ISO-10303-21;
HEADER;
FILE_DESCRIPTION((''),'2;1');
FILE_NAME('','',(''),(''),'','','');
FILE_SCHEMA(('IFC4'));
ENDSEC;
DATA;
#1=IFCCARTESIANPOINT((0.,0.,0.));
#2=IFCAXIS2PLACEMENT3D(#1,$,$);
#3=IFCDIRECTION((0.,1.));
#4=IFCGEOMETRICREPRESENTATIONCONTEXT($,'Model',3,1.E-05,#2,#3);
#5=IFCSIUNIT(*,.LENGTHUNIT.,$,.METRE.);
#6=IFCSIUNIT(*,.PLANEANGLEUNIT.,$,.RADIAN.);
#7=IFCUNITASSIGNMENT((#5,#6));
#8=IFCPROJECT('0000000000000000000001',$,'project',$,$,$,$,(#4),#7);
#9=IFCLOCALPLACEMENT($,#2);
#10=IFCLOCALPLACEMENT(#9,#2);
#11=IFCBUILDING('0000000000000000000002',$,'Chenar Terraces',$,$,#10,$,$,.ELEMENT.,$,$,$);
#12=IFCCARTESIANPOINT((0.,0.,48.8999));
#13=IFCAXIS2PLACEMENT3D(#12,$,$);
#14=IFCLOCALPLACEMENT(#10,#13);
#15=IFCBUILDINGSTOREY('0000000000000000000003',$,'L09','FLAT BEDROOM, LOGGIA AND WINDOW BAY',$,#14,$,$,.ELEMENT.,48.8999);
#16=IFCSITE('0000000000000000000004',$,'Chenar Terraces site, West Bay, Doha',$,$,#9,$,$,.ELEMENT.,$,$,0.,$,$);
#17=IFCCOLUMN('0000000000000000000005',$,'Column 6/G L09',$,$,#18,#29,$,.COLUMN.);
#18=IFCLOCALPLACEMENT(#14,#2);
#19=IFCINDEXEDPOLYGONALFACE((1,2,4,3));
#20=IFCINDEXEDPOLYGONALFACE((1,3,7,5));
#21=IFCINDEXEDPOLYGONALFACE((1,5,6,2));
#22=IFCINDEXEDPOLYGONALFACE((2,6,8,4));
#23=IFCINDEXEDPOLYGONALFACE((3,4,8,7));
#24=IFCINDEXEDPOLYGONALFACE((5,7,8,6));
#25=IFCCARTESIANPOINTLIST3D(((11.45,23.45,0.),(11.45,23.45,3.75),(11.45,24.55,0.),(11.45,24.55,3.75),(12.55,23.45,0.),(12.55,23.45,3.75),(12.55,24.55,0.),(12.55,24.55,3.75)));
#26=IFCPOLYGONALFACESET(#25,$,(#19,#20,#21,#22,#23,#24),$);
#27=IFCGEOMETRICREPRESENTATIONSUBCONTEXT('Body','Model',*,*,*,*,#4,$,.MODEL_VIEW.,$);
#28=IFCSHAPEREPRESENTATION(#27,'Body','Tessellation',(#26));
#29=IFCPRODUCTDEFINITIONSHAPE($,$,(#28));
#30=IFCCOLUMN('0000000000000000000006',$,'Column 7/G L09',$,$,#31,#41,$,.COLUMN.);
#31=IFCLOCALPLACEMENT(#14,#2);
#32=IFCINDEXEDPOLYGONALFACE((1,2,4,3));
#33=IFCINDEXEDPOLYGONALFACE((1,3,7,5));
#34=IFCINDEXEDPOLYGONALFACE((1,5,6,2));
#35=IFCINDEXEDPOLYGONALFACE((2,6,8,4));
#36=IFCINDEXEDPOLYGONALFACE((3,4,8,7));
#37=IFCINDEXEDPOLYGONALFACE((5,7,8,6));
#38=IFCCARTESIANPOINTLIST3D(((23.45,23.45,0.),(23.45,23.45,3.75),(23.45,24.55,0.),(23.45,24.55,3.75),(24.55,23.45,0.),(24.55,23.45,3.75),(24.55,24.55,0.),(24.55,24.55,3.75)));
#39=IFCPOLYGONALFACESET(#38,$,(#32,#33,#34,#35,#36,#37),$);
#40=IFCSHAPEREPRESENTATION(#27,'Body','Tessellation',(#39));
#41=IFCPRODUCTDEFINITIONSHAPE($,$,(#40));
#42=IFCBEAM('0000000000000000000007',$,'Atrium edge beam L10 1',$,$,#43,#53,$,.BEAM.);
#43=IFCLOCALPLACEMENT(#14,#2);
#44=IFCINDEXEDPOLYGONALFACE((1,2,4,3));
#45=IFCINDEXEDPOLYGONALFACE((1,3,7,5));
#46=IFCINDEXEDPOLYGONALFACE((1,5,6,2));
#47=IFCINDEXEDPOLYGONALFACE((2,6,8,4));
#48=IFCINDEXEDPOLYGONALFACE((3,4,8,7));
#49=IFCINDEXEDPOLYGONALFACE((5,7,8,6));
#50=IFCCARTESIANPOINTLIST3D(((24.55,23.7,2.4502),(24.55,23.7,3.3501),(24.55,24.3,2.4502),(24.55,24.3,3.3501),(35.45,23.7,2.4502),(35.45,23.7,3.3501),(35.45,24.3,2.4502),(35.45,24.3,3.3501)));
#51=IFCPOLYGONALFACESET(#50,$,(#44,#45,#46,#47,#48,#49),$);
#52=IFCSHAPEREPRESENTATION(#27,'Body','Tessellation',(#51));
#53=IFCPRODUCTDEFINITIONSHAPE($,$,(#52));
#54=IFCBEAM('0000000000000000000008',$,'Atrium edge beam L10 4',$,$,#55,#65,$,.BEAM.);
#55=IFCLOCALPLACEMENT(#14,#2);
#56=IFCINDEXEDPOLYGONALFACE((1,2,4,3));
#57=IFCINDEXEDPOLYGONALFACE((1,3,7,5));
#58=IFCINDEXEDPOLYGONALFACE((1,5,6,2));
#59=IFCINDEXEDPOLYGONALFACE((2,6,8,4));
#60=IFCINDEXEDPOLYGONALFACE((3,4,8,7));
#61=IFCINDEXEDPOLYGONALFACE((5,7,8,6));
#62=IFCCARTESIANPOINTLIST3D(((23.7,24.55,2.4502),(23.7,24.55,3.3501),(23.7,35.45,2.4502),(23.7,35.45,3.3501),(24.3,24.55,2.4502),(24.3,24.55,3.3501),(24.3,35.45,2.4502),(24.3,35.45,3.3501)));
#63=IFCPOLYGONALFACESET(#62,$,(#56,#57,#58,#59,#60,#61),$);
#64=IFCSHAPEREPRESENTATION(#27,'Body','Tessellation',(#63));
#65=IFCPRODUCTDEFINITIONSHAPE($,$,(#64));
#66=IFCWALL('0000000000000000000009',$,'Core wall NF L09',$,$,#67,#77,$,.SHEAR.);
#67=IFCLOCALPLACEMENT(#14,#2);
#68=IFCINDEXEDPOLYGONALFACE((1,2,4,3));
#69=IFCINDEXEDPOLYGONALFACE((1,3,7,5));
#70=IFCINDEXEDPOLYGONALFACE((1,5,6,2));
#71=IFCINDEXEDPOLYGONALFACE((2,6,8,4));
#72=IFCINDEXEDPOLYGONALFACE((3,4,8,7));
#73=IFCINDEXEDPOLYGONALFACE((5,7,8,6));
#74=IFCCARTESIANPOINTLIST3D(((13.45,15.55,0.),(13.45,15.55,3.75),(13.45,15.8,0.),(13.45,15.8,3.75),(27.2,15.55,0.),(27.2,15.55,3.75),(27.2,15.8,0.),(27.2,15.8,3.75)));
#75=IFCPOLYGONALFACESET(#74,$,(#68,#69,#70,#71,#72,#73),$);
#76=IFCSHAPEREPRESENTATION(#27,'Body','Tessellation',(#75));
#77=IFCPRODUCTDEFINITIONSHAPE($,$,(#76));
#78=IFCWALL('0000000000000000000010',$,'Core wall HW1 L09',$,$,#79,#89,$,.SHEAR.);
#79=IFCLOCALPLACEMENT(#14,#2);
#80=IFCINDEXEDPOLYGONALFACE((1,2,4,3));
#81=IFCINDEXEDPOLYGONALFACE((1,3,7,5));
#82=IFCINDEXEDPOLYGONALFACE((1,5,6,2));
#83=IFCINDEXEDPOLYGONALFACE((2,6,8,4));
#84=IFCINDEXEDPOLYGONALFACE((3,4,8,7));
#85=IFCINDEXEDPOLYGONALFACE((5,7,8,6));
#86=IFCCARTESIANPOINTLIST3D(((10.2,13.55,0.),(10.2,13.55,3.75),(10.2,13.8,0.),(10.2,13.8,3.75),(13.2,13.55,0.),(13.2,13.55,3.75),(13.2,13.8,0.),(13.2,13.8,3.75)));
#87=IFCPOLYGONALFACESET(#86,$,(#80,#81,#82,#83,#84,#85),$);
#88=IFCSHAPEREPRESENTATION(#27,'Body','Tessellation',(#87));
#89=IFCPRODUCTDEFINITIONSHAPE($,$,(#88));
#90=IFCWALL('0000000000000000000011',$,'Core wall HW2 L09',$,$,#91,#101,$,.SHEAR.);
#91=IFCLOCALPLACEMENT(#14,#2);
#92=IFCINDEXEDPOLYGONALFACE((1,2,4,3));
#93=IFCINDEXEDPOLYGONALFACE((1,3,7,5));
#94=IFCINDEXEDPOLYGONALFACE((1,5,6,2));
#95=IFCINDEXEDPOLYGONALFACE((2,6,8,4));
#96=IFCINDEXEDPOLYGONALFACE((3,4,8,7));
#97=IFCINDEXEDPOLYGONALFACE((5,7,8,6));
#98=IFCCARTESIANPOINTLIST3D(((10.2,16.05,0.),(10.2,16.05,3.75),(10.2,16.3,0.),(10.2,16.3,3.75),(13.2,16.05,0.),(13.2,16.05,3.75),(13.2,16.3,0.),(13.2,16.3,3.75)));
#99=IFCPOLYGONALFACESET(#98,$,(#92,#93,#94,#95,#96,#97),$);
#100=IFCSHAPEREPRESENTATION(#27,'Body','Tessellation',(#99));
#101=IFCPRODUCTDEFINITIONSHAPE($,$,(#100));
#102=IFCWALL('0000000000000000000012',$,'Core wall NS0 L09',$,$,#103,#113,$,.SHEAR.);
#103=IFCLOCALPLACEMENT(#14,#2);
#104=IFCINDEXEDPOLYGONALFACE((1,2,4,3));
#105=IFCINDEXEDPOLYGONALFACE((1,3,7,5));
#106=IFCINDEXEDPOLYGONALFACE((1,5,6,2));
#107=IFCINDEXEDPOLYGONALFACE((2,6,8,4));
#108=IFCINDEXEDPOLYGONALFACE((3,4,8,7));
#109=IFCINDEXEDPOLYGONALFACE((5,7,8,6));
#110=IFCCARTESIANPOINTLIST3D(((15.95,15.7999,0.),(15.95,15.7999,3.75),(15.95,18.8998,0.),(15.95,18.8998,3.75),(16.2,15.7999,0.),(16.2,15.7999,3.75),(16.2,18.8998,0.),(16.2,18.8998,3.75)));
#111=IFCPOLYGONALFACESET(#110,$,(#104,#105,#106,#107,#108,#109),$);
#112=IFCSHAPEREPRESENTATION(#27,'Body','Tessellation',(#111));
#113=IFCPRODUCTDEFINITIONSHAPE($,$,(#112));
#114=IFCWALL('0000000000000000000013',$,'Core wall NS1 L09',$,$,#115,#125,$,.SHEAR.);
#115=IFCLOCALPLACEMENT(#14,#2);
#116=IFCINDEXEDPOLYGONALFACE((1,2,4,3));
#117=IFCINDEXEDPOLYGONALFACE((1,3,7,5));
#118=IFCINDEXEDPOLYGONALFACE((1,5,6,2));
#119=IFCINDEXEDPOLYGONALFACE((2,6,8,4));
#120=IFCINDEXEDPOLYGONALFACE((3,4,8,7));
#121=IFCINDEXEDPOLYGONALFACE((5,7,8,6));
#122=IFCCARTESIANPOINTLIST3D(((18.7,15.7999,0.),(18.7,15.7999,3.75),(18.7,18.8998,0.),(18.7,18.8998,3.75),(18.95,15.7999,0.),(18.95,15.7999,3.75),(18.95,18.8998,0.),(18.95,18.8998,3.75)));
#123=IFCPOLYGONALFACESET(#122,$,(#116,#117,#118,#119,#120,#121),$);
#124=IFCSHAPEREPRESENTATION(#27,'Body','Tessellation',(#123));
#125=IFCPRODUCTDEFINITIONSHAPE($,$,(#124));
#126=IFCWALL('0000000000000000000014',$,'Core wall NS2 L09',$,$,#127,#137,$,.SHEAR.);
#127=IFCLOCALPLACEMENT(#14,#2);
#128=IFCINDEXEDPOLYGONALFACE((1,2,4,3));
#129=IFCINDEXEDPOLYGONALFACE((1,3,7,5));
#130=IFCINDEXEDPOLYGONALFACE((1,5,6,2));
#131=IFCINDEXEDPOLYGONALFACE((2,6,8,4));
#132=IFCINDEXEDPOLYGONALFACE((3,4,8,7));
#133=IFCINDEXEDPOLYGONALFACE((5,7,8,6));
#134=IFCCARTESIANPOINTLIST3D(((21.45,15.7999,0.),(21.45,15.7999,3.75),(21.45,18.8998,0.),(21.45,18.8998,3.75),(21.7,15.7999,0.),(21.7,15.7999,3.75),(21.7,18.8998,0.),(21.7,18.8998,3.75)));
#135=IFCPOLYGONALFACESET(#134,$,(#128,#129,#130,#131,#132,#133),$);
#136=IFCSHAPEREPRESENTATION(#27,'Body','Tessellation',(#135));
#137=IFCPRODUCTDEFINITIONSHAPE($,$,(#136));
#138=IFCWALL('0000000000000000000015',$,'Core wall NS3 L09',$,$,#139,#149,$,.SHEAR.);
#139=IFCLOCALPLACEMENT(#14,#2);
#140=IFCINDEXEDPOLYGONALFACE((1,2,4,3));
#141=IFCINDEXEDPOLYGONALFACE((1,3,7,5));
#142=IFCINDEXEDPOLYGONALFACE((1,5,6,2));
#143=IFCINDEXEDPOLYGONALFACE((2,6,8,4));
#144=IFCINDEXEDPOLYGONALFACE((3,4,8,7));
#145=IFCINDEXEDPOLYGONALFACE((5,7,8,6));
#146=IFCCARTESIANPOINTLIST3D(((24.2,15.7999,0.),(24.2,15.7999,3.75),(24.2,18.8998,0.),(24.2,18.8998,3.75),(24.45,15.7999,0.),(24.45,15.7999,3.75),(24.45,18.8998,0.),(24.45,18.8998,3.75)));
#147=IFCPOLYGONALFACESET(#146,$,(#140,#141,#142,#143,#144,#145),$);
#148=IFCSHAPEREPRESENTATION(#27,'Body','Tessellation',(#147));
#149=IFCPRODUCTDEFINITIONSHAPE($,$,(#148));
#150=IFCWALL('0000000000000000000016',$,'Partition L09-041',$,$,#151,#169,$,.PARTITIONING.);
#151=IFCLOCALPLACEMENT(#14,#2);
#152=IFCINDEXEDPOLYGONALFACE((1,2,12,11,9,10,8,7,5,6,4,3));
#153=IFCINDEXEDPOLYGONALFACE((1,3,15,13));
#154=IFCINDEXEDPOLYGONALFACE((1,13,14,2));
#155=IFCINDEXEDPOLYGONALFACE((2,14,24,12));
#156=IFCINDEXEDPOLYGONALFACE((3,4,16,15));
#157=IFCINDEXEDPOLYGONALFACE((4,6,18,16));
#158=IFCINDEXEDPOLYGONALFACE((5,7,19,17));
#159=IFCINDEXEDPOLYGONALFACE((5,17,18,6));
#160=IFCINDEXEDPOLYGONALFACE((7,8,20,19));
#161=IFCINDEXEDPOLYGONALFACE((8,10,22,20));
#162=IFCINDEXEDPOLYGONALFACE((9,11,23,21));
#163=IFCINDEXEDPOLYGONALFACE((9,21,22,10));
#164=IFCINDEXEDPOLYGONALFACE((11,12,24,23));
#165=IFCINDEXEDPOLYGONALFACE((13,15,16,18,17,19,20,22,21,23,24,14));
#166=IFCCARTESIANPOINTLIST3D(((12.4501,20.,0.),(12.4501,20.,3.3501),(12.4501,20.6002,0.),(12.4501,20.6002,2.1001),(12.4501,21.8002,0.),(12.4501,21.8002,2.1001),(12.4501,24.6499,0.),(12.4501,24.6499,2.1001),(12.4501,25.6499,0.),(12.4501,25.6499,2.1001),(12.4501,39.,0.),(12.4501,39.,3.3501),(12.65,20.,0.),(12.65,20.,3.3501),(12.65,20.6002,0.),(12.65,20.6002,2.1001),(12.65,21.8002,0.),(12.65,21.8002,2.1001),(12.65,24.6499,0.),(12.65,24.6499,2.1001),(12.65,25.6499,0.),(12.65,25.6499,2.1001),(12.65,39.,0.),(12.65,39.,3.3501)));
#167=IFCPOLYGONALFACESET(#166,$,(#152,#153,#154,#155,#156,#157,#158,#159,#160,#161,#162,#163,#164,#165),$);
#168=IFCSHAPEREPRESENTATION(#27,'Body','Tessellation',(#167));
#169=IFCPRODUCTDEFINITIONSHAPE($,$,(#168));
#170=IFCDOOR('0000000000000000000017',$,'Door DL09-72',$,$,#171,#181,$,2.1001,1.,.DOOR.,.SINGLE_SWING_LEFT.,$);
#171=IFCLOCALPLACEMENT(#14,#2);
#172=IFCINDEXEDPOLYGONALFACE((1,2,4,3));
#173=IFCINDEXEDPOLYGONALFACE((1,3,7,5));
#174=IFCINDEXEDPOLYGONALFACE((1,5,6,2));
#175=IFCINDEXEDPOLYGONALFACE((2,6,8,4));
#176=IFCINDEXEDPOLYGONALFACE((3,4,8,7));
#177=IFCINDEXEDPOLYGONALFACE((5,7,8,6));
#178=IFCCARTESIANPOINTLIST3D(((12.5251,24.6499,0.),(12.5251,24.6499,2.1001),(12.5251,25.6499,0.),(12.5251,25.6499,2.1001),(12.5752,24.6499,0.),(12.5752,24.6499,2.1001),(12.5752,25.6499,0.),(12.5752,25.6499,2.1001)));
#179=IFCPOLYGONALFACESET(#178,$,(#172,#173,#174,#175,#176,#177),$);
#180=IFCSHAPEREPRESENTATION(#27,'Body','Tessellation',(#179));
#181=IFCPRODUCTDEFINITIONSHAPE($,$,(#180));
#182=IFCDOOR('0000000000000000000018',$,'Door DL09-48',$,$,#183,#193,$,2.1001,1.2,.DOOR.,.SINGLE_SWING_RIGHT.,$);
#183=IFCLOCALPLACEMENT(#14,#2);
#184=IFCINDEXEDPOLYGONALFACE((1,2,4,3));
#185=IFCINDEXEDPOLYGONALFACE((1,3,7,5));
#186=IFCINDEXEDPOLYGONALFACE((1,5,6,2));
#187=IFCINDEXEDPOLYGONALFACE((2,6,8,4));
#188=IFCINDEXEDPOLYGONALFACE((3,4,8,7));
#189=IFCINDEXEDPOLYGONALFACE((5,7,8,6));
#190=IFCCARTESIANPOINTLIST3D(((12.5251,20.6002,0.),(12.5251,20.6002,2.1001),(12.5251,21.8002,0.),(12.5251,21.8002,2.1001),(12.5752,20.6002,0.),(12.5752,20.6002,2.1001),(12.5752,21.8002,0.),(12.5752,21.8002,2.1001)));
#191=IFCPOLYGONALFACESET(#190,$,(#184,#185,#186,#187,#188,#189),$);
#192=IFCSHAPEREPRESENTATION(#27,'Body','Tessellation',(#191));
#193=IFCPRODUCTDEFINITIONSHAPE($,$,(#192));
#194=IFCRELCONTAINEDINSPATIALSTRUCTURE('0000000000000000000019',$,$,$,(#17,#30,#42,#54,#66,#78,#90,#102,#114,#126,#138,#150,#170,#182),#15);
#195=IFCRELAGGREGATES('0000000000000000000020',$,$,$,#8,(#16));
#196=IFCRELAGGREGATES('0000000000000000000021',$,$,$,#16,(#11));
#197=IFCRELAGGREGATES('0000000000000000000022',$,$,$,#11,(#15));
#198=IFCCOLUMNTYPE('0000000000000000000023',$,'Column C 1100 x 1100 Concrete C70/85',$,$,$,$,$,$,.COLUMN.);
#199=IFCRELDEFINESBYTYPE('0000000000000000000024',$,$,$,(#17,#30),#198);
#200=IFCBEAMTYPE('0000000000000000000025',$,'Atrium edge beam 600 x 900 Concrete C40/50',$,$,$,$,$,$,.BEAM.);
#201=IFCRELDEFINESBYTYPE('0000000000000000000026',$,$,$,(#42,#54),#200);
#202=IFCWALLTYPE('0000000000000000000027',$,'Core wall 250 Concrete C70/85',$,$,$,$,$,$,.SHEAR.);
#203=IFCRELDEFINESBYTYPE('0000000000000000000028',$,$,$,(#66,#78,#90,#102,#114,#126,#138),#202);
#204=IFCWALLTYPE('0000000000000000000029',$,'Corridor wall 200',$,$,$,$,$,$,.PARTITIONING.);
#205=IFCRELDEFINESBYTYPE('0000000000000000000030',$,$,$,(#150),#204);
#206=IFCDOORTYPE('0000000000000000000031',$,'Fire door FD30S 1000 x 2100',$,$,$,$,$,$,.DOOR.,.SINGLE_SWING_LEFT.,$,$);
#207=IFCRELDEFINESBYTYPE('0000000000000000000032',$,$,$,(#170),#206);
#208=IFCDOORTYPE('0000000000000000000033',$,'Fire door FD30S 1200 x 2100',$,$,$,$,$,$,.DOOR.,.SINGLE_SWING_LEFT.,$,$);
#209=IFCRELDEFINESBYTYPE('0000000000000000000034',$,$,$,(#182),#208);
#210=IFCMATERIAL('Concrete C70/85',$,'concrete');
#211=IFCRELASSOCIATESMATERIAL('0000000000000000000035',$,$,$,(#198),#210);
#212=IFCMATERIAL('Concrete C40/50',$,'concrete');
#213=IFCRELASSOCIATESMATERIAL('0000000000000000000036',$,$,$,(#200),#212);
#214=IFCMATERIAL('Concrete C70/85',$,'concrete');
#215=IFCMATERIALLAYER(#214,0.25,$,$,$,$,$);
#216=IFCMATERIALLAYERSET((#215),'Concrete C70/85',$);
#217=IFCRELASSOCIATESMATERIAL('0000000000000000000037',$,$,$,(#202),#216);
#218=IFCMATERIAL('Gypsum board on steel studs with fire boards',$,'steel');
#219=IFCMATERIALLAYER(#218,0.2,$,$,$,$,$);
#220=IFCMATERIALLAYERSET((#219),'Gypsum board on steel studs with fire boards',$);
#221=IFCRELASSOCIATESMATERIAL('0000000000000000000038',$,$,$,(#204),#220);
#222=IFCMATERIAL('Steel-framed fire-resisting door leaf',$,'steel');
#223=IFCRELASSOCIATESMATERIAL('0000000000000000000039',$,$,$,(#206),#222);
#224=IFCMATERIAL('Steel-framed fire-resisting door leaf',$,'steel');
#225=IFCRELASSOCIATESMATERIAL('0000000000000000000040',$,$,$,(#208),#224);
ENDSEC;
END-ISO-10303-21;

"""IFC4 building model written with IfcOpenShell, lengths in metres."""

from ifc_helpers import new_model, si_unit, direction, frame, frame_2d, origin, origin_2d, place, context, subcontext, project, spatial, rectangle, extrude, material, layer, layer_set, material_profile, profile_set, type_object, element, fill, save


model = new_model("IFC4")

# Units and contexts
model_context = context("Model", 3, precision=1e-05, world=origin(), true_north=direction((0.0, 1.0)))
body_context = subcontext(model_context, "Body", "Model", "MODEL_VIEW")
ifc_project = project(units=[si_unit("LENGTHUNIT", "METRE"), si_unit("PLANEANGLEUNIT", "RADIAN")], contexts=[model_context])

# Site, building, storey
site_placement = place(None, origin())
site = spatial("IfcSite", under=ifc_project, at=site_placement, Name="Chenar Terraces site, West Bay, Doha", CompositionType="ELEMENT", RefElevation=0.0)
building_placement = place(site_placement, origin())
building = spatial("IfcBuilding", under=site, at=building_placement, Name="Chenar Terraces", CompositionType="ELEMENT")
storey_placement = place(building_placement, frame((0.0, 0.0, 48.8999)))
storey = spatial("IfcBuildingStorey", under=building, at=storey_placement, Name="L09", Description="FLAT BEDROOM, LOGGIA AND WINDOW BAY", CompositionType="ELEMENT", Elevation=48.8999)

# Columns
ifc_material_1 = material(Name="Concrete C70/85", Category="concrete")
ifc_material_profile_1 = material_profile(ifc_material_1, rectangle(XDim=1.1001, YDim=1.1001, at=origin_2d()), Name="C 1100 x 1100")
ifc_profile_set_1 = profile_set([ifc_material_profile_1], Name="Concrete C70/85")
column_type = type_object("IfcColumnType", Name="Column C 1100 x 1100 Concrete C70/85", PredefinedType="COLUMN", material=ifc_profile_set_1)
for number, where, z_axis, x_axis, name in (
    (1, (12.0, 24.0, 0.0), (0.0, 0.0, 1.0), (1.0, 0.0, 0.0), "Column 6/G L09"),
    (2, (24.0, 24.0, 0.0), (0.0, 0.0, 1.0), (1.0, 0.0, 0.0), "Column 7/G L09"),
):
    element("IfcColumn", number, at=place(storey_placement, frame(where, z_axis=z_axis, x_axis=x_axis)), inside=storey, type_object=column_type, Name=name, PredefinedType="COLUMN", context=body_context, shape_type="SweptSolid", body=[
        extrude(rectangle(XDim=1.1001, YDim=1.1001, at=origin_2d()), origin(), (0.0, 0.0, 1.0), 3.75),
    ])

# Beams
ifc_material_2 = material(Name="Concrete C40/50", Category="concrete")
ifc_material_profile_2 = material_profile(ifc_material_2, rectangle(XDim=0.6001, YDim=0.8999, at=origin_2d()), Name="RC 600 x 900")
ifc_profile_set_2 = profile_set([ifc_material_profile_2], Name="Concrete C40/50")
beam_type = type_object("IfcBeamType", Name="Atrium edge beam 600 x 900 Concrete C40/50", PredefinedType="BEAM", material=ifc_profile_set_2)
for number, where, z_axis, x_axis, name in (
    (3, (24.55, 24.0, 2.9001), (1.0, 0.0, 0.0), (0.0, 1.0, 0.0), "Atrium edge beam L10 1"),
    (4, (24.0, 35.45, 2.9001), (0.0, -1.0, 0.0), (1.0, 0.0, 0.0), "Atrium edge beam L10 4"),
):
    element("IfcBeam", number, at=place(storey_placement, frame(where, z_axis=z_axis, x_axis=x_axis)), inside=storey, type_object=beam_type, Name=name, PredefinedType="BEAM", context=body_context, shape_type="SweptSolid", body=[
        extrude(rectangle(XDim=0.6001, YDim=0.8999, at=origin_2d()), origin(), (0.0, 0.0, 1.0), 10.8999),
    ])

# Walls
ifc_material_3 = material(Name="Concrete C70/85", Category="concrete")
ifc_layer_1 = layer(ifc_material_3, 0.25)
ifc_layer_set_1 = layer_set([ifc_layer_1], Name="Concrete C70/85")
wall_type_1 = type_object("IfcWallType", Name="Core wall 250 Concrete C70/85", PredefinedType="SHEAR", material=ifc_layer_set_1)
wall_1_placement = place(storey_placement, frame((13.45, 15.675, 0.0), z_axis=(0.0, 0.0, 1.0), x_axis=(1.0, 0.0, 0.0)))
element("IfcWall", 5, at=wall_1_placement, inside=storey, type_object=wall_type_1, Name="Core wall NF L09", PredefinedType="SHEAR", context=body_context, shape_type="SweptSolid", body=[
    extrude(rectangle(XDim=13.75, YDim=0.25, at=frame_2d((6.875, 0.0))), origin(), (0.0, 0.0, 1.0), 3.75),
])
for number, where, z_axis, x_axis, name in (
    (6, (10.2, 13.675, 0.0), (0.0, 0.0, 1.0), (1.0, 0.0, 0.0), "Core wall HW1 L09"),
    (7, (10.2, 16.175, 0.0), (0.0, 0.0, 1.0), (1.0, 0.0, 0.0), "Core wall HW2 L09"),
):
    element("IfcWall", number, at=place(storey_placement, frame(where, z_axis=z_axis, x_axis=x_axis)), inside=storey, type_object=wall_type_1, Name=name, PredefinedType="SHEAR", context=body_context, shape_type="SweptSolid", body=[
        extrude(rectangle(XDim=3.0, YDim=0.25, at=frame_2d((1.5, 0.0))), origin(), (0.0, 0.0, 1.0), 3.75),
    ])
for number, where, z_axis, x_axis, name in (
    (8, (16.075, 15.8, 0.0), (0.0, 0.0, 1.0), (0.0, 1.0, 0.0), "Core wall NS0 L09"),
    (9, (18.825, 15.8, 0.0), (0.0, 0.0, 1.0), (0.0, 1.0, 0.0), "Core wall NS1 L09"),
    (10, (21.575, 15.8, 0.0), (0.0, 0.0, 1.0), (0.0, 1.0, 0.0), "Core wall NS2 L09"),
    (11, (24.325, 15.8, 0.0), (0.0, 0.0, 1.0), (0.0, 1.0, 0.0), "Core wall NS3 L09"),
):
    element("IfcWall", number, at=place(storey_placement, frame(where, z_axis=z_axis, x_axis=x_axis)), inside=storey, type_object=wall_type_1, Name=name, PredefinedType="SHEAR", context=body_context, shape_type="SweptSolid", body=[
        extrude(rectangle(XDim=3.0999, YDim=0.25, at=frame_2d((1.5498, 0.0))), origin(), (0.0, 0.0, 1.0), 3.75),
    ])

# Wall, openings, doors
ifc_material_4 = material(Name="Gypsum board on steel studs with fire boards", Category="steel")
ifc_layer_2 = layer(ifc_material_4, 0.2)
ifc_layer_set_2 = layer_set([ifc_layer_2], Name="Gypsum board on steel studs with fire boards")
wall_type_2 = type_object("IfcWallType", Name="Corridor wall 200", PredefinedType="PARTITIONING", material=ifc_layer_set_2)
wall_2_placement = place(storey_placement, frame((12.55, 20.0, 0.0), z_axis=(0.0, 0.0, 1.0), x_axis=(0.0, 1.0, 0.0)))
wall_2 = element("IfcWall", 12, at=wall_2_placement, inside=storey, type_object=wall_type_2, Name="Partition L09-041", PredefinedType="PARTITIONING", context=body_context, shape_type="SweptSolid", body=[
    extrude(rectangle(XDim=19.0, YDim=0.2, at=frame_2d((9.5, 0.0))), origin(), (0.0, 0.0, 1.0), 3.3501),
])
opening_1_placement = place(wall_2_placement, frame((0.6001, 0.0, 0.0)))
opening_1 = element("IfcOpeningElement", 13, at=opening_1_placement, cuts=wall_2, PredefinedType="OPENING", context=body_context, shape_type="SweptSolid", body=[
    extrude(rectangle(XDim=1.2, YDim=2.1001, at=frame_2d((0.6001, 1.05))), frame((0.0, 0.1099, 0.0), z_axis=(0.0, -1.0, 0.0), x_axis=(1.0, 0.0, 0.0)), (0.0, 0.0, 1.0), 0.22),
])
opening_2_placement = place(wall_2_placement, frame((4.6499, 0.0, 0.0)))
opening_2 = element("IfcOpeningElement", 14, at=opening_2_placement, cuts=wall_2, PredefinedType="OPENING", context=body_context, shape_type="SweptSolid", body=[
    extrude(rectangle(XDim=1.0, YDim=2.1001, at=frame_2d((0.5, 1.05))), frame((0.0, 0.1099, 0.0), z_axis=(0.0, -1.0, 0.0), x_axis=(1.0, 0.0, 0.0)), (0.0, 0.0, 1.0), 0.22),
])
ifc_material_5 = material(Name="Steel-framed fire-resisting door leaf", Category="steel")
door_type_1 = type_object("IfcDoorType", Name="Fire door FD30S 1000 x 2100", OperationType="SINGLE_SWING_LEFT", PredefinedType="DOOR", material=ifc_material_5)
door_1_placement = place(opening_2_placement, origin())
door_1 = element("IfcDoor", 15, at=door_1_placement, inside=storey, type_object=door_type_1, Name="Door DL09-72", OperationType="SINGLE_SWING_LEFT", OverallHeight=2.1001, OverallWidth=1.0, PredefinedType="DOOR", context=body_context, shape_type="SweptSolid", body=[
    extrude(rectangle(XDim=1.0, YDim=2.1001, at=frame_2d((0.5, 1.05))), frame((0.0, 0.0249, 0.0), z_axis=(0.0, -1.0, 0.0), x_axis=(1.0, 0.0, 0.0)), (0.0, 0.0, 1.0), 0.05),
])
fill(opening_2, door_1)
ifc_material_6 = material(Name="Steel-framed fire-resisting door leaf", Category="steel")
door_type_2 = type_object("IfcDoorType", Name="Fire door FD30S 1200 x 2100", OperationType="SINGLE_SWING_LEFT", PredefinedType="DOOR", material=ifc_material_6)
door_2_placement = place(opening_1_placement, origin())
door_2 = element("IfcDoor", 16, at=door_2_placement, inside=storey, type_object=door_type_2, Name="Door DL09-48", OperationType="SINGLE_SWING_RIGHT", OverallHeight=2.1001, OverallWidth=1.2, PredefinedType="DOOR", context=body_context, shape_type="SweptSolid", body=[
    extrude(rectangle(XDim=1.2, YDim=2.1001, at=frame_2d((0.6001, 1.05))), frame((0.0, 0.0249, 0.0), z_axis=(0.0, -1.0, 0.0), x_axis=(1.0, 0.0, 0.0)), (0.0, 0.0, 1.0), 0.05),
])
fill(opening_1, door_2)

save(model, "model.ifc")
